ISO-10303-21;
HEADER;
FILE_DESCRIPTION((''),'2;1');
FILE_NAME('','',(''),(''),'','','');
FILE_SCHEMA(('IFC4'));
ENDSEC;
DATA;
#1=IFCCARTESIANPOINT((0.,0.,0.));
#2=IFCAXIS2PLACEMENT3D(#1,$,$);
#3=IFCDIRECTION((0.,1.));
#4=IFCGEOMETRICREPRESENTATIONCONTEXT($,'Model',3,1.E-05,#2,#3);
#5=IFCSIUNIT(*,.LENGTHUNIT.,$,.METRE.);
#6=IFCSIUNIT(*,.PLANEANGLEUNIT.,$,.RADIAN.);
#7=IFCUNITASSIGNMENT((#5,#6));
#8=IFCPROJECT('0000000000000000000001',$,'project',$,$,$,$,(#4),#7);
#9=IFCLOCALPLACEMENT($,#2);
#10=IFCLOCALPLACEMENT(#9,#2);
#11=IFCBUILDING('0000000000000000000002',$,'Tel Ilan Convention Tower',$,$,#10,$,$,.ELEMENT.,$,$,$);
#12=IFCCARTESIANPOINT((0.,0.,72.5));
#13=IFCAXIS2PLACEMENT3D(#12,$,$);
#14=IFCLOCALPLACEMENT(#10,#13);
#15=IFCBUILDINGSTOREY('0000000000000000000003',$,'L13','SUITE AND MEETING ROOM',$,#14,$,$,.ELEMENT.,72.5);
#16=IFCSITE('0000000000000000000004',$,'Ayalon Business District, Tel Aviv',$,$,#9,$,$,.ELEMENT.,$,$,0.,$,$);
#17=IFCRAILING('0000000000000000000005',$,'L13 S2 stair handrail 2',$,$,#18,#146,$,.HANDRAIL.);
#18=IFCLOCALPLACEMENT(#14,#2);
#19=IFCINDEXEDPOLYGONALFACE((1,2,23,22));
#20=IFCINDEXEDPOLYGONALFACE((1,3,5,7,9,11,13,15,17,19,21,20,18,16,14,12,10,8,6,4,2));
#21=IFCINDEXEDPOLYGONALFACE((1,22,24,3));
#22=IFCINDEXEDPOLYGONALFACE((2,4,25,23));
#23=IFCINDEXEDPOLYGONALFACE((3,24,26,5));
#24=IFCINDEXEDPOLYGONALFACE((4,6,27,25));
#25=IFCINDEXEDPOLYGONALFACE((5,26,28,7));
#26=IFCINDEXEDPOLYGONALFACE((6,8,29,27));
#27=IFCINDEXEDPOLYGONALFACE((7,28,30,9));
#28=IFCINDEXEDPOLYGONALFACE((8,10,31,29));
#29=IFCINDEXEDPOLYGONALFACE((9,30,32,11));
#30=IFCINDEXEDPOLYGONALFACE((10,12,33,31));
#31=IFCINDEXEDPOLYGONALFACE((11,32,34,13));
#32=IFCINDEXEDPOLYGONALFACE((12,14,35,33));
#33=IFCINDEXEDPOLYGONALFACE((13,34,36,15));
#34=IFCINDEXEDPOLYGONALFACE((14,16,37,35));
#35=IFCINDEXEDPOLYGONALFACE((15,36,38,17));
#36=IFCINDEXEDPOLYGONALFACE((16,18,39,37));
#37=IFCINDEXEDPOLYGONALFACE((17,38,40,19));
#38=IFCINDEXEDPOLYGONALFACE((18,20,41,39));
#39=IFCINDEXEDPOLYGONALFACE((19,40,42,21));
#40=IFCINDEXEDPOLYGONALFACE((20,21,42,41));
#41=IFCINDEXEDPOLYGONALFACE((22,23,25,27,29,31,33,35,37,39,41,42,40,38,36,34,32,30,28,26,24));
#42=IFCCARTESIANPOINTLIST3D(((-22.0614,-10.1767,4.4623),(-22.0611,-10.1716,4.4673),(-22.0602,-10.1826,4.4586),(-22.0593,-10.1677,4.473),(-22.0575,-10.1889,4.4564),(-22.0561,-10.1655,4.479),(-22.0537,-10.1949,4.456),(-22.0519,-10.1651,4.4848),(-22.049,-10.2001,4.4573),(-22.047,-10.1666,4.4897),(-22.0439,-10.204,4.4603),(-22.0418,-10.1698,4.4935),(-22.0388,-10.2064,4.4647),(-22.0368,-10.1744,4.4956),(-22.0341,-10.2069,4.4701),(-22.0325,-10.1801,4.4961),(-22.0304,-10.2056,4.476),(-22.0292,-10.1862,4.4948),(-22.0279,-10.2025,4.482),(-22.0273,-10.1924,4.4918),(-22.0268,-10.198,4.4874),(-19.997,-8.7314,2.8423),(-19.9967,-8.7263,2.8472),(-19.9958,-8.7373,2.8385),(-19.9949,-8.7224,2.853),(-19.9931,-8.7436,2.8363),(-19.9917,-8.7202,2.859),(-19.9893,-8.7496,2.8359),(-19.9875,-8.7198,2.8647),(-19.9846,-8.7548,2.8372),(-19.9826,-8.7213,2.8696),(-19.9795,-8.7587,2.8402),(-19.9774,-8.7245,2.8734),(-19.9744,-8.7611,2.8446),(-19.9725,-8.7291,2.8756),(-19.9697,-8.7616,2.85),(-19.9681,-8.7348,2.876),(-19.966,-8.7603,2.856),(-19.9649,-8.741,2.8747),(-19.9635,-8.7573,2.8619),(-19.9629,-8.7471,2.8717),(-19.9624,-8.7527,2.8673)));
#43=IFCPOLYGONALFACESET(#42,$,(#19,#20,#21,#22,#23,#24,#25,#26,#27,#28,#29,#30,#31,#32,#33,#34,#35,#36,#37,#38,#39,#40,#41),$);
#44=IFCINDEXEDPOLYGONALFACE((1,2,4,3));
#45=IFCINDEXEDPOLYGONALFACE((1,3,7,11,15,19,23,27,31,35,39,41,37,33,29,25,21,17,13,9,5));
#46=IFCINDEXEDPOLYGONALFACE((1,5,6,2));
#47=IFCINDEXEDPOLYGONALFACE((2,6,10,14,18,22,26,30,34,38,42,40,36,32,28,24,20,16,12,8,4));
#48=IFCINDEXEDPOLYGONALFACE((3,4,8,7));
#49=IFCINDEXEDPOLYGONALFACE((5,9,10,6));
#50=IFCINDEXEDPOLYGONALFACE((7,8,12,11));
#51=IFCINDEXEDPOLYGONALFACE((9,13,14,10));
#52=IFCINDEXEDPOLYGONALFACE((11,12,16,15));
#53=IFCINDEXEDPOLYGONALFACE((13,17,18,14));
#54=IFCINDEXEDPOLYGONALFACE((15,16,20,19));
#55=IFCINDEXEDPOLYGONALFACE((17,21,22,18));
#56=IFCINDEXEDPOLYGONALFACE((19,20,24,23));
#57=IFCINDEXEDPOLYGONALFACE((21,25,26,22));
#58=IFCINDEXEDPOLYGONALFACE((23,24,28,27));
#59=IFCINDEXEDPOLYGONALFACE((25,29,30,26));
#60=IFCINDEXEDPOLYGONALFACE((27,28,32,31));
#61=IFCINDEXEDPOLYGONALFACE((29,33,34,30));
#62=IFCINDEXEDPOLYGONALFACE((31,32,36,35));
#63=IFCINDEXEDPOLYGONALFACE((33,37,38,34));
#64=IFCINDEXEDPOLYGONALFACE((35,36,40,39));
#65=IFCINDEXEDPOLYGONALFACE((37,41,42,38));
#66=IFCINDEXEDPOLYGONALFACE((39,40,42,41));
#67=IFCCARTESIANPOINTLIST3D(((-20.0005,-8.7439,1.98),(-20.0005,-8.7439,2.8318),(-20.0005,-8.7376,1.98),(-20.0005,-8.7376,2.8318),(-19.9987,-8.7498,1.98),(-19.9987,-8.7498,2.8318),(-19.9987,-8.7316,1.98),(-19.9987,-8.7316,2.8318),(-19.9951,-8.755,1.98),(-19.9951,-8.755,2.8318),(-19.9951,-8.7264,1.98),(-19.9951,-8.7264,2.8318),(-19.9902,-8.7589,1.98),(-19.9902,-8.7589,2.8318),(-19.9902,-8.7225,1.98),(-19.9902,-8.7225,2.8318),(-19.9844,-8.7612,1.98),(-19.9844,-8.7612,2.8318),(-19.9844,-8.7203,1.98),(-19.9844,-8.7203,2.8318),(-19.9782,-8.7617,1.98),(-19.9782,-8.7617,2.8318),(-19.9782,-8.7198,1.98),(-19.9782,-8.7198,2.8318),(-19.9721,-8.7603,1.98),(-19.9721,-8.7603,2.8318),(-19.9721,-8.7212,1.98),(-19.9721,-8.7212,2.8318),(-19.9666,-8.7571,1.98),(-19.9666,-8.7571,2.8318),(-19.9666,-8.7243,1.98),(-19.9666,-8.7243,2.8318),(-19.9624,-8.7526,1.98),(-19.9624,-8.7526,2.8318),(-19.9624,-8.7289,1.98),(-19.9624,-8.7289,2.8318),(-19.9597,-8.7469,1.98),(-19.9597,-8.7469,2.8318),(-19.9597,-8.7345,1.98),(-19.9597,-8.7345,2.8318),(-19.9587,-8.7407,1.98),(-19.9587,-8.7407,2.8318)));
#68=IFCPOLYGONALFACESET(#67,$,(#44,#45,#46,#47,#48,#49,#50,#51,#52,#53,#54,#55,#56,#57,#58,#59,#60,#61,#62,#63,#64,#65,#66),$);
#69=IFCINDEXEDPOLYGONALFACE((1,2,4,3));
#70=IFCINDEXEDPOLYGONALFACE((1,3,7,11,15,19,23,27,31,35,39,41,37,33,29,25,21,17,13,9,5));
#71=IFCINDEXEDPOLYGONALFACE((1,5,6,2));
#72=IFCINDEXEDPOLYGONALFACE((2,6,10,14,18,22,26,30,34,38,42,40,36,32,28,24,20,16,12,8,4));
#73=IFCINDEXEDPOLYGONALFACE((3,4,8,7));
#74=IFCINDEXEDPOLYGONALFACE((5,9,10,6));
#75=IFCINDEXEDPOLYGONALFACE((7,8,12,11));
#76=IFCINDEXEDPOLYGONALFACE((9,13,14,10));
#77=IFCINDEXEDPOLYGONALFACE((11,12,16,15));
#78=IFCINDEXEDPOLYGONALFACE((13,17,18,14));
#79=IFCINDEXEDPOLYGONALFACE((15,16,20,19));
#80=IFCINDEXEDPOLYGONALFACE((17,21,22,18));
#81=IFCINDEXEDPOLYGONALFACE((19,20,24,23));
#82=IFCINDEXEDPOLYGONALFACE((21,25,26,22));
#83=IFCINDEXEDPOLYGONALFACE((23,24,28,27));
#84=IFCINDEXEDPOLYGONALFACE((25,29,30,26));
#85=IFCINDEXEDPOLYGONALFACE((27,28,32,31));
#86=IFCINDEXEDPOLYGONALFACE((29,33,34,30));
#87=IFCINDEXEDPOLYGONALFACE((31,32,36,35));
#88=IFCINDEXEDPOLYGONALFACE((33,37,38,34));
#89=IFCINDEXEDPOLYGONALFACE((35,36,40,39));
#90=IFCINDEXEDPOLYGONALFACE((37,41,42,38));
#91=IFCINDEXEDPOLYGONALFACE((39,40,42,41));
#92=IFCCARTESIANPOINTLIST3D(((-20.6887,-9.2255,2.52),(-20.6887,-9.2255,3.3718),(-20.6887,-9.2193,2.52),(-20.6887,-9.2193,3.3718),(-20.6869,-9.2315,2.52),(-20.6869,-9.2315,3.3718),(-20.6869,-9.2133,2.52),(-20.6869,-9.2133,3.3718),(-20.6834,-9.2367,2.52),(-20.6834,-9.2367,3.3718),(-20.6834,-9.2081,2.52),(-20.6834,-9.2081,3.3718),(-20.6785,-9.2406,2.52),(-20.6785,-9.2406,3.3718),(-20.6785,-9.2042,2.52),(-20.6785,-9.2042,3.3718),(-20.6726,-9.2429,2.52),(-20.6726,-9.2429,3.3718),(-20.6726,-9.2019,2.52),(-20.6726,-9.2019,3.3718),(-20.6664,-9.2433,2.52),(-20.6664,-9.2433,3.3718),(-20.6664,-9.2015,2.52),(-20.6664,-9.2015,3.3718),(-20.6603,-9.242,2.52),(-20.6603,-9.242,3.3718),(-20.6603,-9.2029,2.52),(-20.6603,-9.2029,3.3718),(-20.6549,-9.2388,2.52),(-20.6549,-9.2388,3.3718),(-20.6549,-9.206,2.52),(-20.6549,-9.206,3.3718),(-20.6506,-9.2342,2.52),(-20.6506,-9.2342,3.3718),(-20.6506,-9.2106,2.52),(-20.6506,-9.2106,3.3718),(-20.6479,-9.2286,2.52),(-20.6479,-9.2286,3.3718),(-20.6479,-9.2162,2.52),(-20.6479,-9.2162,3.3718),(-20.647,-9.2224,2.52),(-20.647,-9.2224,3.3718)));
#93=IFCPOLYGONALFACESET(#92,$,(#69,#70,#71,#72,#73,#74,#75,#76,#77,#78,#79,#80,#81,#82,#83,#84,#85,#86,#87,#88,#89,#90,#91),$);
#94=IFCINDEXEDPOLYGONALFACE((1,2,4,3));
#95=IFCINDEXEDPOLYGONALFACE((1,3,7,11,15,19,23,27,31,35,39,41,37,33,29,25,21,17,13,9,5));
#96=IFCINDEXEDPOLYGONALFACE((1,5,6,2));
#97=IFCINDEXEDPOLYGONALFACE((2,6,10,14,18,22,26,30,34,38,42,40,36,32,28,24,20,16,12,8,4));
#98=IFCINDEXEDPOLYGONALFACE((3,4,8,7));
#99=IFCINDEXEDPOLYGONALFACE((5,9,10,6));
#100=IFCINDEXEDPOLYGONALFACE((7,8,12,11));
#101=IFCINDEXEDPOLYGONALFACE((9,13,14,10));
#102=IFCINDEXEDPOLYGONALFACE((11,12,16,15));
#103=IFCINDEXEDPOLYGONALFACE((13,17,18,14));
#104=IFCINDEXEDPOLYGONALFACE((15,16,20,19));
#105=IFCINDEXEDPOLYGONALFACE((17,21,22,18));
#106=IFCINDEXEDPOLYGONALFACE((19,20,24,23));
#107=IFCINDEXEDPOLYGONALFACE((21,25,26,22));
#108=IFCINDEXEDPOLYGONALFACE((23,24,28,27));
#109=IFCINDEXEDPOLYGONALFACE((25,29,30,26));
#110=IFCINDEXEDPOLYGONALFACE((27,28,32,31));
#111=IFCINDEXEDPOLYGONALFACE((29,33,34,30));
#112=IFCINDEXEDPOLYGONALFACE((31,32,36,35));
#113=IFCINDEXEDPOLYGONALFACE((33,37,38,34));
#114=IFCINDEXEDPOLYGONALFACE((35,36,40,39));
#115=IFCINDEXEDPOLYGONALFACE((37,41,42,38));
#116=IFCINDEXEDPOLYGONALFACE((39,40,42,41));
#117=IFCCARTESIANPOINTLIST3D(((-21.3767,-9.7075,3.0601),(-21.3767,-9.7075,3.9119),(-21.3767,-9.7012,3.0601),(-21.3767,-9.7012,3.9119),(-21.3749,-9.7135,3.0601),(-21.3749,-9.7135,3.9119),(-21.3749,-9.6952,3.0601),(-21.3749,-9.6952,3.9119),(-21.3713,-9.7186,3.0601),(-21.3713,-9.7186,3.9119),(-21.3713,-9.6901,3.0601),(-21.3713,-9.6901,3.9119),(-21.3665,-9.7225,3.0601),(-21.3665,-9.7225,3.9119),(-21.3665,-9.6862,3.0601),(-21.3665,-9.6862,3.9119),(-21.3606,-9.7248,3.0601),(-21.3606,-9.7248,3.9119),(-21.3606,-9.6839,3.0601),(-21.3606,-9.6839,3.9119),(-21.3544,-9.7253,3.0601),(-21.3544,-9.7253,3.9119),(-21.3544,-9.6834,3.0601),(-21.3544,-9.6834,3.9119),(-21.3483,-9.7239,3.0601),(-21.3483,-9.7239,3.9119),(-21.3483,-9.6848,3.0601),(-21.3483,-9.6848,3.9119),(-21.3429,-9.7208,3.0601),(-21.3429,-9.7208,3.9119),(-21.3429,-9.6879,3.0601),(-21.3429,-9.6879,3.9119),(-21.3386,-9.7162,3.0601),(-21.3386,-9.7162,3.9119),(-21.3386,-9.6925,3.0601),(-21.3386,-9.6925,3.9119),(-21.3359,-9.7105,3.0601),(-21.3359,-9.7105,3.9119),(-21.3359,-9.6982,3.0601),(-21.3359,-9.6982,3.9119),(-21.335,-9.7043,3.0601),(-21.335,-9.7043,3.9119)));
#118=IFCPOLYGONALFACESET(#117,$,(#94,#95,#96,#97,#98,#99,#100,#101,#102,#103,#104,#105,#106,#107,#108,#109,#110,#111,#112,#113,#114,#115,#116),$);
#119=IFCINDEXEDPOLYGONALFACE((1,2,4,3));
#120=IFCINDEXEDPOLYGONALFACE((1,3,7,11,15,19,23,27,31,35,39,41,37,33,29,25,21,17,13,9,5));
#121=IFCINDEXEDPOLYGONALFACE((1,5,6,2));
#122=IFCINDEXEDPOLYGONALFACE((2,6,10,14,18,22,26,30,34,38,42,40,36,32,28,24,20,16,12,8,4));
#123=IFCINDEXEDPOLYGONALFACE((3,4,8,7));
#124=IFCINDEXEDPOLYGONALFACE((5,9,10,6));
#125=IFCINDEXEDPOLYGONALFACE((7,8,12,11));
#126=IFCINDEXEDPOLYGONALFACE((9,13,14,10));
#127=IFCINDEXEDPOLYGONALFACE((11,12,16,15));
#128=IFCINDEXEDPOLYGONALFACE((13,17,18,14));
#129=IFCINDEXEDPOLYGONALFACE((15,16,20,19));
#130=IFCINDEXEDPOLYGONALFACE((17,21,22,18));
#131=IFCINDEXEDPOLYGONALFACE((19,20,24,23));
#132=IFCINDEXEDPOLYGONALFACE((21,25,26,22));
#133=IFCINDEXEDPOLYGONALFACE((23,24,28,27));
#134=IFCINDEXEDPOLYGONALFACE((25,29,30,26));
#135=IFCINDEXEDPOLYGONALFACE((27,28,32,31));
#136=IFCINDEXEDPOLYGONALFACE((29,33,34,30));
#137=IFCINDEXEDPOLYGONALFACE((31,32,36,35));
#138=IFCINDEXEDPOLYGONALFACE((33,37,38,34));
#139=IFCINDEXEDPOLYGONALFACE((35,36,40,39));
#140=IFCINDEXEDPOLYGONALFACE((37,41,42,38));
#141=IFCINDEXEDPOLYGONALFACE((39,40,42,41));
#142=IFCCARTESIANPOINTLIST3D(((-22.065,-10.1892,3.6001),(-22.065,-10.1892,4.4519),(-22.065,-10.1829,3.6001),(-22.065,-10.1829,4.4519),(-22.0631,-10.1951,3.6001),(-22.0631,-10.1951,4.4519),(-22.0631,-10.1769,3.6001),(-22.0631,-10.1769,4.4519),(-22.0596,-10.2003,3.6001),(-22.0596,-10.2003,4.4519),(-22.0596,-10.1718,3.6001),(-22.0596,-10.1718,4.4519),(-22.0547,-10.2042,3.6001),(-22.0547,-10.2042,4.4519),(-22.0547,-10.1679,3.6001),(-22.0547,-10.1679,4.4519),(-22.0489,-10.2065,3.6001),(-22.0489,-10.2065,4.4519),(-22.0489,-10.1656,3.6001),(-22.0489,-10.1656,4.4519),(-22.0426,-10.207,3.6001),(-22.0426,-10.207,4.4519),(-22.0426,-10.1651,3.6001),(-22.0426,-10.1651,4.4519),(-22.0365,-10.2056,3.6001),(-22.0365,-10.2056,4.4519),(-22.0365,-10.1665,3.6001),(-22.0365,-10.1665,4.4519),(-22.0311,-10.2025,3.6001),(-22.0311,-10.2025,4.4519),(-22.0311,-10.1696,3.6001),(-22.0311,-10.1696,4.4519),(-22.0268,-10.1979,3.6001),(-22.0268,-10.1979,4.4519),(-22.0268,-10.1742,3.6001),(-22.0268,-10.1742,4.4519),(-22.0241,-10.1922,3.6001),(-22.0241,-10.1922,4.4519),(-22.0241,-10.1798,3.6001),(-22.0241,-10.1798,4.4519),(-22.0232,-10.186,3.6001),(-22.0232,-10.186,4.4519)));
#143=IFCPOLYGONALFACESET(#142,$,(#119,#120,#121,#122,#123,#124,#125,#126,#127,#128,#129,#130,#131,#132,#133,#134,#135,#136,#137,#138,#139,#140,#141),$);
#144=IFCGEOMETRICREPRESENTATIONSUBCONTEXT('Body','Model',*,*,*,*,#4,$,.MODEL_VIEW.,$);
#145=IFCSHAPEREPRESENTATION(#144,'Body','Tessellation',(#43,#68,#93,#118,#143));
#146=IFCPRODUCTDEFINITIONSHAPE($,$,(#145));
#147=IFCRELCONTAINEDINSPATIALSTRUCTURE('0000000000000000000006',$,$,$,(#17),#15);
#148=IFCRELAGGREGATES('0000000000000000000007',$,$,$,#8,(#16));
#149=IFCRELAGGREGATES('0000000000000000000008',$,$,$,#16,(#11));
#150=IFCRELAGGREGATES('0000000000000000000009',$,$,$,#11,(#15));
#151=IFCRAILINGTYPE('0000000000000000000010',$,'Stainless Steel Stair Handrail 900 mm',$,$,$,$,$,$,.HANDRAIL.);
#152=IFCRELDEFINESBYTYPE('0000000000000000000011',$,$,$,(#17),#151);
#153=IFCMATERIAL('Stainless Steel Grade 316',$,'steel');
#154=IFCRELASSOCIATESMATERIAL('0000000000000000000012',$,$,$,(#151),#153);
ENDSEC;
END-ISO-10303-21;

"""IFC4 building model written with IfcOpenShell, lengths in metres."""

from ifc_helpers import new_model, si_unit, direction, frame, origin, origin_2d, place, context, subcontext, project, spatial, circle, extrude, material, type_object, element, save


model = new_model("IFC4")

# Units and contexts
model_context = context("Model", 3, precision=1e-05, world=origin(), true_north=direction((0.0, 1.0)))
body_context = subcontext(model_context, "Body", "Model", "MODEL_VIEW")
ifc_project = project(units=[si_unit("LENGTHUNIT", "METRE"), si_unit("PLANEANGLEUNIT", "RADIAN")], contexts=[model_context])

# Site, building, storey
site_placement = place(None, origin())
site = spatial("IfcSite", under=ifc_project, at=site_placement, Name="Ayalon Business District, Tel Aviv", CompositionType="ELEMENT", RefElevation=0.0)
building_placement = place(site_placement, origin())
building = spatial("IfcBuilding", under=site, at=building_placement, Name="Tel Ilan Convention Tower", CompositionType="ELEMENT")
storey_placement = place(building_placement, frame((0.0, 0.0, 72.5)))
storey = spatial("IfcBuildingStorey", under=building, at=storey_placement, Name="L13", Description="SUITE AND MEETING ROOM", CompositionType="ELEMENT", Elevation=72.5)

# Railing
ifc_material_1 = material(Name="Stainless Steel Grade 316", Category="steel")
railing_type_1 = type_object("IfcRailingType", Name="Stainless Steel Stair Handrail 900 mm", PredefinedType="HANDRAIL", material=ifc_material_1)
railing_1_placement = place(storey_placement, frame((-19.9797, -8.7407, 1.98)))
element("IfcRailing", 1, at=railing_1_placement, inside=storey, type_object=railing_type_1, Name="L13 S2 stair handrail 2", PredefinedType="HANDRAIL", context=body_context, shape_type="SweptSolid", body=[
    extrude(circle(Radius=0.0239, at=origin_2d()), frame((0.0, 0.0, 0.876), z_axis=(-0.689083, -0.482423, 0.54077), x_axis=(0.573514, -0.819196, 0.0)), (0.0, 0.0, 1.0), 2.9958),
    extrude(circle(Radius=0.021, at=origin_2d()), origin(), (0.0, 0.0, 1.0), 0.8518),
    extrude(circle(Radius=0.021, at=origin_2d()), frame((-0.6882, -0.4817, 0.54)), (0.0, 0.0, 1.0), 0.8518),
    extrude(circle(Radius=0.021, at=origin_2d()), frame((-1.3762, -0.9636, 1.0801)), (0.0, 0.0, 1.0), 0.8518),
    extrude(circle(Radius=0.021, at=origin_2d()), frame((-2.0645, -1.4453, 1.6201)), (0.0, 0.0, 1.0), 0.8518),
])

save(model, "model.ifc")
